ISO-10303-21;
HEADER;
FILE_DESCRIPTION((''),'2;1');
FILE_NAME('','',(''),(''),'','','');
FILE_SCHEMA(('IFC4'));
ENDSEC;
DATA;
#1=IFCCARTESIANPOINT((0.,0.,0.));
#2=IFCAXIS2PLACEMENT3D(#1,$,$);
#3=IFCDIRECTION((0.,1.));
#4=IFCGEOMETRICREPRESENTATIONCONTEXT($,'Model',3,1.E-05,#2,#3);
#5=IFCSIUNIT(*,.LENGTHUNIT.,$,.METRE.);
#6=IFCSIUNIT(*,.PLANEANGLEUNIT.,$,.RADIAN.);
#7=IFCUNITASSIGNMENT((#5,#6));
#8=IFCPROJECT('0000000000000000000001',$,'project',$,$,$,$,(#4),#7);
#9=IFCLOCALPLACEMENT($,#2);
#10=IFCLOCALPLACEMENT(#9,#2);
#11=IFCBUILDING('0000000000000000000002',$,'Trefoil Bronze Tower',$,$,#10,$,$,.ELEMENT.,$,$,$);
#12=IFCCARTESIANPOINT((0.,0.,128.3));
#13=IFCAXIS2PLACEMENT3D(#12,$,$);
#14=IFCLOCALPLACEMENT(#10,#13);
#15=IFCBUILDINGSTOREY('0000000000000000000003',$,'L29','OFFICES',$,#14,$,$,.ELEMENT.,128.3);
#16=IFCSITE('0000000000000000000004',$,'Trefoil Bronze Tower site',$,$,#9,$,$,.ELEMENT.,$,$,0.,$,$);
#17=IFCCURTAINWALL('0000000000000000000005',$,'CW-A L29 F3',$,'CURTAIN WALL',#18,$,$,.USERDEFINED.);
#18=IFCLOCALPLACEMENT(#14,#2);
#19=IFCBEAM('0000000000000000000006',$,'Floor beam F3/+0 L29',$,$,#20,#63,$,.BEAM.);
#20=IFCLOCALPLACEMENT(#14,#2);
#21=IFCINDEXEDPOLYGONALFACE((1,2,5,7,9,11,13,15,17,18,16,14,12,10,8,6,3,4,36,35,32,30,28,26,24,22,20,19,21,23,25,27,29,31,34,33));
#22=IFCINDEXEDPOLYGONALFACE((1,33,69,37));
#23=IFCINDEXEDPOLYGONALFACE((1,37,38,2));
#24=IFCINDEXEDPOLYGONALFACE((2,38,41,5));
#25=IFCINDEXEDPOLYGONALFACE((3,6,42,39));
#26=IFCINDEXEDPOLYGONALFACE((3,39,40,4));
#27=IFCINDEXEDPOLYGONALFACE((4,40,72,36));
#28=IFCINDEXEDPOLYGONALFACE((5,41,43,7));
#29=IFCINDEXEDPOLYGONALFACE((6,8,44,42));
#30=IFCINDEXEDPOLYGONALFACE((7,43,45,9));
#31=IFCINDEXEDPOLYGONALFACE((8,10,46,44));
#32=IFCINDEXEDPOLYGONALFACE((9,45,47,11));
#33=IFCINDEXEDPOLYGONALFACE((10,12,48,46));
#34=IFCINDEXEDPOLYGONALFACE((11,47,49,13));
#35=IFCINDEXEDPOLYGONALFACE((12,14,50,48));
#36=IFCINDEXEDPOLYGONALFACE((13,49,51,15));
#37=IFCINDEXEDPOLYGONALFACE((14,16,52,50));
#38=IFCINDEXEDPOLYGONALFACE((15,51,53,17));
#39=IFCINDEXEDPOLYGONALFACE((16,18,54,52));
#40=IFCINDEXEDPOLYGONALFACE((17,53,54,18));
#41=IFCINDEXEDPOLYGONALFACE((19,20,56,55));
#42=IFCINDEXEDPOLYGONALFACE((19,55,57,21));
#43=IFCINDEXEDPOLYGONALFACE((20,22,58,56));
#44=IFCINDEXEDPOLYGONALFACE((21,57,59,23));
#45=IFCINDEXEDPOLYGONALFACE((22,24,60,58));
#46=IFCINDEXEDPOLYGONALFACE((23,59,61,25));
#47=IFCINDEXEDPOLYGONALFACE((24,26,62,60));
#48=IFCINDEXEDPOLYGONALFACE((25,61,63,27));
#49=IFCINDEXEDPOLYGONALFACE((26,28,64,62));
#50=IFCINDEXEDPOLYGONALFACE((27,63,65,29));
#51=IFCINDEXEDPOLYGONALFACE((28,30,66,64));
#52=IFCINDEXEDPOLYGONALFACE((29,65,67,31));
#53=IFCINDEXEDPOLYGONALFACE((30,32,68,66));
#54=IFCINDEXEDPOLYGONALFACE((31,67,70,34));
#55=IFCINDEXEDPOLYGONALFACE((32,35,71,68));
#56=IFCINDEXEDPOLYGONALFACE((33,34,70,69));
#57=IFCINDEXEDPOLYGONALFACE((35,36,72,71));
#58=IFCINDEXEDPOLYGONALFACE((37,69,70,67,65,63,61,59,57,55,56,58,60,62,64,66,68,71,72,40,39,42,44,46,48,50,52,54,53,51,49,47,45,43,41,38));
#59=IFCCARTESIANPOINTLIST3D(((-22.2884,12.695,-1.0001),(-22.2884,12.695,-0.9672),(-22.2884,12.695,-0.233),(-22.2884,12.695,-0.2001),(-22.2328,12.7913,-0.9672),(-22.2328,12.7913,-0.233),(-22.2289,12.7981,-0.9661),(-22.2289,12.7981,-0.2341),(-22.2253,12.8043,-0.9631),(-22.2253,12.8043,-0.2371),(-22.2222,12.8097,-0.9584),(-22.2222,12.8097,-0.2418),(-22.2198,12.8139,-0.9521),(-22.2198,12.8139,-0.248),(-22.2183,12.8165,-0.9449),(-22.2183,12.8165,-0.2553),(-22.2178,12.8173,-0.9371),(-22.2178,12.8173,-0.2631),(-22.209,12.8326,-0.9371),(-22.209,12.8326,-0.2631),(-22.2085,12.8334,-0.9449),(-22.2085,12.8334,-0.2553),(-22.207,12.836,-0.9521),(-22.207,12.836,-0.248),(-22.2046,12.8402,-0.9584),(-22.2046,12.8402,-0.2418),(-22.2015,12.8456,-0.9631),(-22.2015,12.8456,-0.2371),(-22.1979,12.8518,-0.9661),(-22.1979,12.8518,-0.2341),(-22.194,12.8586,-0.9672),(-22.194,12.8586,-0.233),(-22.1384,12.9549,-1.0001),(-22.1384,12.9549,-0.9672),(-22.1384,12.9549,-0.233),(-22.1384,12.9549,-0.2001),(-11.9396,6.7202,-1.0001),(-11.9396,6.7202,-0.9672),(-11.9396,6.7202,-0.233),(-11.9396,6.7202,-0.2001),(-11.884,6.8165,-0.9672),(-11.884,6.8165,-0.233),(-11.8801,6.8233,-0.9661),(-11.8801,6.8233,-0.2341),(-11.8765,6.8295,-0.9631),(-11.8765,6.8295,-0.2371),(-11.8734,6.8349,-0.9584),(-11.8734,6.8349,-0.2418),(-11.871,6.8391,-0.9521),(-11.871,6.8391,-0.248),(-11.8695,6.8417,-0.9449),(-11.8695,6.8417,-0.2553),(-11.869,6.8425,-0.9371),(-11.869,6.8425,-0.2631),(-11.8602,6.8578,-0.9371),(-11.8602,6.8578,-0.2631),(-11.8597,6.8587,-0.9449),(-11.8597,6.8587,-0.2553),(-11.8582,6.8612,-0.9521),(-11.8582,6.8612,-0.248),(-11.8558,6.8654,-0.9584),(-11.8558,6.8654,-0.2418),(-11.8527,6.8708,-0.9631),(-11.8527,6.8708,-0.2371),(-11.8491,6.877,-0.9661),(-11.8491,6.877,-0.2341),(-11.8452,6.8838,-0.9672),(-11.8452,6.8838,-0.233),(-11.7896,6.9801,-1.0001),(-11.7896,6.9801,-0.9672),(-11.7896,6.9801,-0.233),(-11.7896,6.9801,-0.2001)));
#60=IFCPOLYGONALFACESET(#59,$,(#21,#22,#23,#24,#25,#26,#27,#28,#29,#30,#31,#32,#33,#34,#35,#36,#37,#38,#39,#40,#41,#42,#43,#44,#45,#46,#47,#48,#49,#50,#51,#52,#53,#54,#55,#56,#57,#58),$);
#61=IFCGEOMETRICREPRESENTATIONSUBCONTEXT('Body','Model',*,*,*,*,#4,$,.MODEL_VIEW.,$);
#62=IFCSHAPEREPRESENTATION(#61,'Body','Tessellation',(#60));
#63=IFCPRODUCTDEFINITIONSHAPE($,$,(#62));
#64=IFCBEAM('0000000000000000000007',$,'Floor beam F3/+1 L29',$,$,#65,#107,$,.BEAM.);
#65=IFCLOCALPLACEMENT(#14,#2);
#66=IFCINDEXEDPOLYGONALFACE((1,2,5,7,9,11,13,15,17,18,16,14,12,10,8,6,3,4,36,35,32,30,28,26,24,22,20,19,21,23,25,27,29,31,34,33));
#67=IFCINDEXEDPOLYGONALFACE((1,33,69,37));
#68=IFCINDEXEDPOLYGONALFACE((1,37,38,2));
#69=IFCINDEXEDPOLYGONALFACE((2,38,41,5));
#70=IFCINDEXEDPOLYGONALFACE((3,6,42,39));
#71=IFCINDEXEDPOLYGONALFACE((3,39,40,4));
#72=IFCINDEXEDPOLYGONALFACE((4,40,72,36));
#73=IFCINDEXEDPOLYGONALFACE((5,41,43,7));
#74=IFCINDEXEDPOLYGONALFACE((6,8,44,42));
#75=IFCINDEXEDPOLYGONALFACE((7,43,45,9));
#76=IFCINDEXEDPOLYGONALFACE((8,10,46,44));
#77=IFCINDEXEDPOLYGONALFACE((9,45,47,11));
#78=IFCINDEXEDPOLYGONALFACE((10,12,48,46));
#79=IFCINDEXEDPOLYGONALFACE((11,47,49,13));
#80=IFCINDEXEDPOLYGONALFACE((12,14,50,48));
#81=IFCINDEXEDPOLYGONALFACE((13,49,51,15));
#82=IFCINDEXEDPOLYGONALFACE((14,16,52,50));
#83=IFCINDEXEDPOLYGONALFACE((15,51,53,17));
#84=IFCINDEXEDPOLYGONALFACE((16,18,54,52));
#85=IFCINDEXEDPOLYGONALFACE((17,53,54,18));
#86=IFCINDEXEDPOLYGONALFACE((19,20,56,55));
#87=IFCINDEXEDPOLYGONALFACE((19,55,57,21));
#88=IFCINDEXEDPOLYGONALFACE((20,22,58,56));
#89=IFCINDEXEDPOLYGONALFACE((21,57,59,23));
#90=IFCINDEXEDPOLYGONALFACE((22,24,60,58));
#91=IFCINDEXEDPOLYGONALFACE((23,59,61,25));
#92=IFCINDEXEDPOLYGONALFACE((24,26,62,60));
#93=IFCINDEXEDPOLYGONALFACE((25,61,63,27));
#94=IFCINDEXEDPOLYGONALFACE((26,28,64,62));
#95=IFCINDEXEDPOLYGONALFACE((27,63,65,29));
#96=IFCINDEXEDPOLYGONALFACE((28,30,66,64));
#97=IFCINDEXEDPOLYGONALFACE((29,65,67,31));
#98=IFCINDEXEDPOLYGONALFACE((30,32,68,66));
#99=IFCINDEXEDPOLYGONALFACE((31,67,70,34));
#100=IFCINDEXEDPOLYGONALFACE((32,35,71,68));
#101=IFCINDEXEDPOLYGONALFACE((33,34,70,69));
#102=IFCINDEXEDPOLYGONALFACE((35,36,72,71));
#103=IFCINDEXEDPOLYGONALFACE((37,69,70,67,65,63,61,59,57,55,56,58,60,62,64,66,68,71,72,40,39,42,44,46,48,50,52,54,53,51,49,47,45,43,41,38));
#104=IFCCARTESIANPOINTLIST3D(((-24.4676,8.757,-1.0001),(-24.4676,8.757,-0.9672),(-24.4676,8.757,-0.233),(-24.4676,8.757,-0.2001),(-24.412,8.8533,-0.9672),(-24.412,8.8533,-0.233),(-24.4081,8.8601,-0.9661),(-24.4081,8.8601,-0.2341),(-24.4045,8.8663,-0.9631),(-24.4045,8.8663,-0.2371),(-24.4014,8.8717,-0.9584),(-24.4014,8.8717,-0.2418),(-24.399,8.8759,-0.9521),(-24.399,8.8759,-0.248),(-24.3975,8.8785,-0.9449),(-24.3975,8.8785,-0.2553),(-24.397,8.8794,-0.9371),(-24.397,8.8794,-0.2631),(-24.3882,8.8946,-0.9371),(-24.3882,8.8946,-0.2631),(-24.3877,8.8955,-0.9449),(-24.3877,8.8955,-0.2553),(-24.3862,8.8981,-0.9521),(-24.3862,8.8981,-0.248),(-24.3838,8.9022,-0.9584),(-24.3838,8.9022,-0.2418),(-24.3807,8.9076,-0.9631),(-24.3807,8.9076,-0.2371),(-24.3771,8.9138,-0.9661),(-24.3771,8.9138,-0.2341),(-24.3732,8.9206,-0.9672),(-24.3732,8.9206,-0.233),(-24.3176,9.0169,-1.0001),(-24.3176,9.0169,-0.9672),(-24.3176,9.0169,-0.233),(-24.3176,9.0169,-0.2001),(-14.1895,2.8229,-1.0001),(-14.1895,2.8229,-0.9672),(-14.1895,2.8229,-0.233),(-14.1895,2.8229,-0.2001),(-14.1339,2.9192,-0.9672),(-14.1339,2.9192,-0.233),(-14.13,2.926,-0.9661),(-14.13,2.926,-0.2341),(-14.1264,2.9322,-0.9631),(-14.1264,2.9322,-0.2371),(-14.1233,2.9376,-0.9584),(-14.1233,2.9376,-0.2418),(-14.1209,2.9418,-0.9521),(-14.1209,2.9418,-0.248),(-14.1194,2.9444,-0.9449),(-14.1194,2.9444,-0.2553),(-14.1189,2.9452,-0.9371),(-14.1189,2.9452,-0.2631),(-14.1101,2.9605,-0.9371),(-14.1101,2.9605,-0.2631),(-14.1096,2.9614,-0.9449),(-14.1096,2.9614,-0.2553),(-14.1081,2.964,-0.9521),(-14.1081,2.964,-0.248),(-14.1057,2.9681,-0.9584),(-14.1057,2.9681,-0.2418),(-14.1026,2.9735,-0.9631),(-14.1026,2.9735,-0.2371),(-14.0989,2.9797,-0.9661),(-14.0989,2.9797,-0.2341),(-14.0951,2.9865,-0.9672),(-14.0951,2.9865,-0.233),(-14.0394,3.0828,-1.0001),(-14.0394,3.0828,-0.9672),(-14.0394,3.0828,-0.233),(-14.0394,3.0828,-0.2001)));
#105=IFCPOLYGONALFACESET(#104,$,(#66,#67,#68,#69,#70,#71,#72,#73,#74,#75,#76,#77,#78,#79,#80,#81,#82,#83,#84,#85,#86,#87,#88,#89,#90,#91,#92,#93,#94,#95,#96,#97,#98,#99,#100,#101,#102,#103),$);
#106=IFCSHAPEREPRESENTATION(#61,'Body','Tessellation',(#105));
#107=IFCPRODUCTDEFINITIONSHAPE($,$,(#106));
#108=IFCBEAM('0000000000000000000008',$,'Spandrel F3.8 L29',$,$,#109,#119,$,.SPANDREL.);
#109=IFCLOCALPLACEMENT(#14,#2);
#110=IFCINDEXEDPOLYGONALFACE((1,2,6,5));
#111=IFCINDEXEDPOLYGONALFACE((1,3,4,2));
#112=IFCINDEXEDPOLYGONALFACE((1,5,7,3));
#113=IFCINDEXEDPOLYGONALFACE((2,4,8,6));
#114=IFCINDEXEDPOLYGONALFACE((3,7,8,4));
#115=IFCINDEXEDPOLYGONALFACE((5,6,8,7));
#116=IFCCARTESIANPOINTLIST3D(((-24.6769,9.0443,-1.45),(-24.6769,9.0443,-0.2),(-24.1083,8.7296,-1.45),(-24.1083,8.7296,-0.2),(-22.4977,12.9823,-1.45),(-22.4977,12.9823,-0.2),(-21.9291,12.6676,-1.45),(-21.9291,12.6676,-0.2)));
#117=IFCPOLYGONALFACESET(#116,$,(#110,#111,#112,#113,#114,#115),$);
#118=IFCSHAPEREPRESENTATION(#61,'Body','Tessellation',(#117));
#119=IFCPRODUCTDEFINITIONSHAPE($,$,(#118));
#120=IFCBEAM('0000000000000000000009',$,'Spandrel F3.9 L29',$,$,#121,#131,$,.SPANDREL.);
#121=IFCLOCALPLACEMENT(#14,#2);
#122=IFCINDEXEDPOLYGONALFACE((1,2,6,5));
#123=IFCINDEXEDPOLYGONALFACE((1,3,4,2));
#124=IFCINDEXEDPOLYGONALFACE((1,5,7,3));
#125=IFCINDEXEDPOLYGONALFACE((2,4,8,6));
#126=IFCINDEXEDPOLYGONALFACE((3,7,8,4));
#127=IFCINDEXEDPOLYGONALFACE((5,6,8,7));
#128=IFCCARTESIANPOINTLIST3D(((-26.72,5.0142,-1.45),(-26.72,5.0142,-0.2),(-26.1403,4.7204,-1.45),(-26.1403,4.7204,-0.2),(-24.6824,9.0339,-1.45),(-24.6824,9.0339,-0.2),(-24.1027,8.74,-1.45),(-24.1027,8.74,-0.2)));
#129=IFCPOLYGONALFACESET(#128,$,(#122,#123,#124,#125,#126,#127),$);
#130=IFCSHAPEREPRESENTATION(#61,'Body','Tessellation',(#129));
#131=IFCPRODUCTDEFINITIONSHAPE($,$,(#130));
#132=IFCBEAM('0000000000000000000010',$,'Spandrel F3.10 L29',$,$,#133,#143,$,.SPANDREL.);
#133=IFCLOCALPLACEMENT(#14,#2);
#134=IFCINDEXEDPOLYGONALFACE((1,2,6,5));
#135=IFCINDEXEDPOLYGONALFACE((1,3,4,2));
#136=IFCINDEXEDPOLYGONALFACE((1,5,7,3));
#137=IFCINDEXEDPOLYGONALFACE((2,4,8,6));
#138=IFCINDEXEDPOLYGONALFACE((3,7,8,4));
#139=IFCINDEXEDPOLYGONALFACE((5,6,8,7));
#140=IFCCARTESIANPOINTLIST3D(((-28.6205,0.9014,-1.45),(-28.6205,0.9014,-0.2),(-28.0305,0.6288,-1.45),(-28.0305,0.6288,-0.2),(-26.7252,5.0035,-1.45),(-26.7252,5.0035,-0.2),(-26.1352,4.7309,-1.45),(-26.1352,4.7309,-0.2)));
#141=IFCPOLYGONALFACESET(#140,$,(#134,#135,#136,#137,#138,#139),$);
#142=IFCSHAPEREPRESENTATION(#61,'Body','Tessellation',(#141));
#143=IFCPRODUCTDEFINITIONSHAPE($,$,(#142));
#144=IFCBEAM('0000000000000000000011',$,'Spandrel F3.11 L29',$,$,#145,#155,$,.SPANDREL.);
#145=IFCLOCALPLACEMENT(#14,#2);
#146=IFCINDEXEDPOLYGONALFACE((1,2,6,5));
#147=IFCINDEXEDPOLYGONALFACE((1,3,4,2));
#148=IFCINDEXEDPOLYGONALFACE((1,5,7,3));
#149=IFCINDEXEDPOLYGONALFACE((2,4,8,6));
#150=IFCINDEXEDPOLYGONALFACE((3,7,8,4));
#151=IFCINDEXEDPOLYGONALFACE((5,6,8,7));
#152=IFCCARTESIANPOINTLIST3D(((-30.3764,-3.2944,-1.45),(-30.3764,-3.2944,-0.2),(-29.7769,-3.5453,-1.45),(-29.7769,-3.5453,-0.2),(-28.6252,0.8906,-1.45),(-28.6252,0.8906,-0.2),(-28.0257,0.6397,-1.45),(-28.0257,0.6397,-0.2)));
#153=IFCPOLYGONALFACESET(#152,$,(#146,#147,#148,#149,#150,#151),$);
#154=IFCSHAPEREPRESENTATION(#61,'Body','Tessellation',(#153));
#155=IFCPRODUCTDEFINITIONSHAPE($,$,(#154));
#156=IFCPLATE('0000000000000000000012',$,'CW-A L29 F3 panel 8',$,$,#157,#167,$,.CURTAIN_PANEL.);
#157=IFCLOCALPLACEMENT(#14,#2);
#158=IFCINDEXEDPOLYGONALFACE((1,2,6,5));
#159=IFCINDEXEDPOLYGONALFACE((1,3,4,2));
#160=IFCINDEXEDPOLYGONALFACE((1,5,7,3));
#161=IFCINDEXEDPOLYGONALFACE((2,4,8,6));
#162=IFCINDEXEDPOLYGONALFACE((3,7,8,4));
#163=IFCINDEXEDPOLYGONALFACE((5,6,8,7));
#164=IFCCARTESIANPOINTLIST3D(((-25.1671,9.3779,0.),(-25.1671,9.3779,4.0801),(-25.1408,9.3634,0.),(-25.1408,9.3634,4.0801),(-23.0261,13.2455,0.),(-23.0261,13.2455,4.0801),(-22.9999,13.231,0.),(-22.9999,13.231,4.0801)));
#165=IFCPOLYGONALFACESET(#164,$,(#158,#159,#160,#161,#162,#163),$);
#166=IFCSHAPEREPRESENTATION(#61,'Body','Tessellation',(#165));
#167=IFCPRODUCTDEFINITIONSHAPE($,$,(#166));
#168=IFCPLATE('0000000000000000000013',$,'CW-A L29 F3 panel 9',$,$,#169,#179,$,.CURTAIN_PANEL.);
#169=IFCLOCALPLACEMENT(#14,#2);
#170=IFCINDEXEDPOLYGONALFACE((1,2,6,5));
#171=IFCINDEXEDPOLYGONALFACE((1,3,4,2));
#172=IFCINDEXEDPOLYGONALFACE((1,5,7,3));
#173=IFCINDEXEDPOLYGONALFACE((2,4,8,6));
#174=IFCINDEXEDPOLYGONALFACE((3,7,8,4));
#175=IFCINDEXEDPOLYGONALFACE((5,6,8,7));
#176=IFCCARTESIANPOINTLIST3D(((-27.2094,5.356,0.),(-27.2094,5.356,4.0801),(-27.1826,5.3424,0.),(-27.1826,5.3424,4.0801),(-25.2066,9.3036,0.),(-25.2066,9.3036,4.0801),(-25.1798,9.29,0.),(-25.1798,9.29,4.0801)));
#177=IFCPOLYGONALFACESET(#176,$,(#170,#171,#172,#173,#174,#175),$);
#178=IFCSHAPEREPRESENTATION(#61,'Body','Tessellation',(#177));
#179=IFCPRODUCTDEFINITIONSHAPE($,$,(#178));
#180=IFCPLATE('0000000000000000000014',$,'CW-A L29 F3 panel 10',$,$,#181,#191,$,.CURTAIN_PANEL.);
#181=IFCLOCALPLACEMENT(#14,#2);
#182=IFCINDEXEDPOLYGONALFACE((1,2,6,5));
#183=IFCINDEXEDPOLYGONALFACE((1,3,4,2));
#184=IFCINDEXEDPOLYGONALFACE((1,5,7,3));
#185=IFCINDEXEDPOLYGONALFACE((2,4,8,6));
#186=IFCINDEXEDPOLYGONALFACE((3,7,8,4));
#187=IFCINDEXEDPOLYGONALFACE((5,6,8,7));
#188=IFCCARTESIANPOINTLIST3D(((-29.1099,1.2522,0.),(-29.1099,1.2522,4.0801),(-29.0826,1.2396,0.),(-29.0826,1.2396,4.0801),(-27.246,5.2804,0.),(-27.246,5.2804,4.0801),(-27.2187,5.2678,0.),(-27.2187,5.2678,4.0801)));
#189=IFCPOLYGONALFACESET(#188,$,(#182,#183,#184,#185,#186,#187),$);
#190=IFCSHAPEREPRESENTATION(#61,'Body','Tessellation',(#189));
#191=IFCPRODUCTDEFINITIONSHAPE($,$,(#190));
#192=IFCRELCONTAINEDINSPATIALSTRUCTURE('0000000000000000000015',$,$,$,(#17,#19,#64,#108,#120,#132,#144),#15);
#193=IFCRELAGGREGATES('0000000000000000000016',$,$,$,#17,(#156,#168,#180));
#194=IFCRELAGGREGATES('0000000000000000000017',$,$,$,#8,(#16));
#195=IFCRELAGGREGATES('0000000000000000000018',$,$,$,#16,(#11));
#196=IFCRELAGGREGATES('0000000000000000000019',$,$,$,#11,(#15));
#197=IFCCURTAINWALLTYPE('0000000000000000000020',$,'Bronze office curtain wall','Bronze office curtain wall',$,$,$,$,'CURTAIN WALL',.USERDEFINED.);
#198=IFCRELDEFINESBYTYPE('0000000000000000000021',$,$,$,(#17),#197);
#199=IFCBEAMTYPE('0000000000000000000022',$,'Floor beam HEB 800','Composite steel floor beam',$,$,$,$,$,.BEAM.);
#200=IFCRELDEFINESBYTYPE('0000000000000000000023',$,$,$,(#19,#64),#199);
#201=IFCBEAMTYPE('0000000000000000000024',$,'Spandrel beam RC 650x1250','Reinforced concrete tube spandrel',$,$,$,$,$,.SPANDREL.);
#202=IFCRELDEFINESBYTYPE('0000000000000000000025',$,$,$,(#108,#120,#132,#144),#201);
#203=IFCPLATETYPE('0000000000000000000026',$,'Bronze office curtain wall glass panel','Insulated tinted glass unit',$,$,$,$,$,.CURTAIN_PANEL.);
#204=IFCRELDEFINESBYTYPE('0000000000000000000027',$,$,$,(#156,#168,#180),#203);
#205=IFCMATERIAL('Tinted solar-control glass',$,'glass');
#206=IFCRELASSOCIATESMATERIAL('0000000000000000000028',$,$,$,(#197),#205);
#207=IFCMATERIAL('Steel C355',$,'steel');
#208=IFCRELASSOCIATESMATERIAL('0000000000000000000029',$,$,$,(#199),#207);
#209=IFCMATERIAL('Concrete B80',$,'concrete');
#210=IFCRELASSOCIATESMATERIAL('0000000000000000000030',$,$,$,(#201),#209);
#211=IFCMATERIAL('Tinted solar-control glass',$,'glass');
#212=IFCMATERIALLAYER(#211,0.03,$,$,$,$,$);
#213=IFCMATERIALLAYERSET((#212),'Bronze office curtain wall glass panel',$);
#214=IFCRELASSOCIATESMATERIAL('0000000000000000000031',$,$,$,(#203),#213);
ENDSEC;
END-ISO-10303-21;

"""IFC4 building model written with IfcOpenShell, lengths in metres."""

from ifc_helpers import new_model, si_unit, direction, frame, origin, origin_2d, place, context, subcontext, project, spatial, rectangle, i_section, extrude, material, layer, layer_set, material_profile, profile_set, type_object, element, aggregate, save


model = new_model("IFC4")

# Units and contexts
model_context = context("Model", 3, precision=1e-05, world=origin(), true_north=direction((0.0, 1.0)))
body_context = subcontext(model_context, "Body", "Model", "MODEL_VIEW")
ifc_project = project(units=[si_unit("LENGTHUNIT", "METRE"), si_unit("PLANEANGLEUNIT", "RADIAN")], contexts=[model_context])

# Site, building, storey
site_placement = place(None, origin())
site = spatial("IfcSite", under=ifc_project, at=site_placement, Name="Trefoil Bronze Tower site", CompositionType="ELEMENT", RefElevation=0.0)
building_placement = place(site_placement, origin())
building = spatial("IfcBuilding", under=site, at=building_placement, Name="Trefoil Bronze Tower", CompositionType="ELEMENT")
storey_placement = place(building_placement, frame((0.0, 0.0, 128.3)))
storey = spatial("IfcBuildingStorey", under=building, at=storey_placement, Name="L29", Description="OFFICES", CompositionType="ELEMENT", Elevation=128.3)

# Curtain wall
ifc_material_1 = material(Name="Tinted solar-control glass", Category="glass")
curtain_wall_type = type_object("IfcCurtainWallType", Name="Bronze office curtain wall", Description="Bronze office curtain wall", ElementType="CURTAIN WALL", PredefinedType="USERDEFINED", material=ifc_material_1)
curtain_wall_placement = place(storey_placement, origin())
curtain_wall = element("IfcCurtainWall", 1, at=curtain_wall_placement, inside=storey, type_object=curtain_wall_type, Name="CW-A L29 F3", ObjectType="CURTAIN WALL", PredefinedType="USERDEFINED")

# Beams
ifc_material_2 = material(Name="Steel C355", Category="steel")
ifc_material_profile_1 = material_profile(ifc_material_2, i_section(OverallWidth=0.3, OverallDepth=0.8, WebThickness=0.0176, FlangeThickness=0.033, FilletRadius=0.03, at=origin_2d()), Name="HEB 800")
ifc_profile_set_1 = profile_set([ifc_material_profile_1], Name="Steel C355")
beam_type_1 = type_object("IfcBeamType", Name="Floor beam HEB 800", Description="Composite steel floor beam", PredefinedType="BEAM", material=ifc_profile_set_1)
beam_1_placement = place(storey_placement, frame((-22.2134, 12.825, -0.6001), z_axis=(0.866028, -0.499995, 0.0), x_axis=(0.499995, 0.866028, 0.0)))
element("IfcBeam", 2, at=beam_1_placement, inside=storey, type_object=beam_type_1, Name="Floor beam F3/+0 L29", PredefinedType="BEAM", context=body_context, shape_type="SweptSolid", body=[
    extrude(i_section(OverallWidth=0.3, OverallDepth=0.8, WebThickness=0.0176, FlangeThickness=0.033, FilletRadius=0.03, at=origin_2d()), origin(), (0.0, 0.0, 1.0), 11.9497),
])
beam_2_placement = place(storey_placement, frame((-24.3926, 8.887, -0.6001), z_axis=(0.866024, -0.500002, 0.0), x_axis=(0.500002, 0.866024, 0.0)))
element("IfcBeam", 3, at=beam_2_placement, inside=storey, type_object=beam_type_1, Name="Floor beam F3/+1 L29", PredefinedType="BEAM", context=body_context, shape_type="SweptSolid", body=[
    extrude(i_section(OverallWidth=0.3, OverallDepth=0.8, WebThickness=0.0176, FlangeThickness=0.033, FilletRadius=0.03, at=origin_2d()), origin(), (0.0, 0.0, 1.0), 11.8682),
])
ifc_material_3 = material(Name="Concrete B80", Category="concrete")
ifc_material_profile_2 = material_profile(ifc_material_3, rectangle(XDim=0.6499, YDim=1.25, at=origin_2d()), Name="RC 650x1250")
ifc_profile_set_2 = profile_set([ifc_material_profile_2], Name="Concrete B80")
beam_type_2 = type_object("IfcBeamType", Name="Spandrel beam RC 650x1250", Description="Reinforced concrete tube spandrel", PredefinedType="SPANDREL", material=ifc_profile_set_2)
beam_3_placement = place(storey_placement, frame((-22.2134, 12.825, -0.825), z_axis=(-0.484187, -0.874965, 0.0), x_axis=(0.874965, -0.484187, 0.0)))
element("IfcBeam", 4, at=beam_3_placement, inside=storey, type_object=beam_type_2, Name="Spandrel F3.8 L29", PredefinedType="SPANDREL", context=body_context, shape_type="SweptSolid", body=[
    extrude(rectangle(XDim=0.6499, YDim=1.25, at=origin_2d()), origin(), (0.0, 0.0, 1.0), 4.5007),
])
beam_4_placement = place(storey_placement, frame((-24.3926, 8.887, -0.825), z_axis=(-0.452126, -0.891954, 0.0), x_axis=(0.891954, -0.452126, 0.0)))
element("IfcBeam", 5, at=beam_4_placement, inside=storey, type_object=beam_type_2, Name="Spandrel F3.9 L29", PredefinedType="SPANDREL", context=body_context, shape_type="SweptSolid", body=[
    extrude(rectangle(XDim=0.6499, YDim=1.25, at=origin_2d()), origin(), (0.0, 0.0, 1.0), 4.5066),
])
beam_5_placement = place(storey_placement, frame((-26.4302, 4.8672, -0.825), z_axis=(-0.419425, -0.90779, 0.0), x_axis=(0.90779, -0.419425, 0.0)))
element("IfcBeam", 6, at=beam_5_placement, inside=storey, type_object=beam_type_2, Name="Spandrel F3.10 L29", PredefinedType="SPANDREL", context=body_context, shape_type="SweptSolid", body=[
    extrude(rectangle(XDim=0.6499, YDim=1.25, at=origin_2d()), origin(), (0.0, 0.0, 1.0), 4.5188),
])
beam_6_placement = place(storey_placement, frame((-28.3254, 0.7651, -0.825), z_axis=(-0.386013, -0.922493, 0.0), x_axis=(0.922493, -0.386013, 0.0)))
element("IfcBeam", 7, at=beam_6_placement, inside=storey, type_object=beam_type_2, Name="Spandrel F3.11 L29", PredefinedType="SPANDREL", context=body_context, shape_type="SweptSolid", body=[
    extrude(rectangle(XDim=0.6499, YDim=1.25, at=origin_2d()), origin(), (0.0, 0.0, 1.0), 4.5366),
])

# Plates
ifc_material_4 = material(Name="Tinted solar-control glass", Category="glass")
ifc_layer_1 = layer(ifc_material_4, 0.03)
ifc_layer_set_1 = layer_set([ifc_layer_1], Name="Bronze office curtain wall glass panel")
plate_type = type_object("IfcPlateType", Name="Bronze office curtain wall glass panel", Description="Insulated tinted glass unit", PredefinedType="CURTAIN_PANEL", material=ifc_layer_set_1)
plate_1_placement = place(storey_placement, frame((-24.0835, 11.3044, 0.0), z_axis=(0.0, 0.0, 1.0), x_axis=(-0.484312, -0.874895, 0.0)))
plate_1 = element("IfcPlate", 8, at=plate_1_placement, type_object=plate_type, Name="CW-A L29 F3 panel 8", PredefinedType="CURTAIN_PANEL", context=body_context, shape_type="SweptSolid", body=[
    extrude(rectangle(XDim=4.4207, YDim=0.03, at=origin_2d()), origin(), (0.0, 0.0, 1.0), 4.0801),
])
plate_2_placement = place(storey_placement, frame((-26.1946, 7.323, 0.0), z_axis=(0.0, 0.0, 1.0), x_axis=(-0.452449, -0.89179, 0.0)))
plate_2 = element("IfcPlate", 9, at=plate_2_placement, type_object=plate_type, Name="CW-A L29 F3 panel 9", PredefinedType="CURTAIN_PANEL", context=body_context, shape_type="SweptSolid", body=[
    extrude(rectangle(XDim=4.4265, YDim=0.03, at=origin_2d()), origin(), (0.0, 0.0, 1.0), 4.0801),
])
plate_3_placement = place(storey_placement, frame((-28.1643, 3.26, 0.0), z_axis=(0.0, 0.0, 1.0), x_axis=(-0.419933, -0.907555, 0.0)))
plate_3 = element("IfcPlate", 10, at=plate_3_placement, type_object=plate_type, Name="CW-A L29 F3 panel 10", PredefinedType="CURTAIN_PANEL", context=body_context, shape_type="SweptSolid", body=[
    extrude(rectangle(XDim=4.4385, YDim=0.03, at=origin_2d()), origin(), (0.0, 0.0, 1.0), 4.0801),
])
aggregate(curtain_wall, [plate_1, plate_2, plate_3])

save(model, "model.ifc")
